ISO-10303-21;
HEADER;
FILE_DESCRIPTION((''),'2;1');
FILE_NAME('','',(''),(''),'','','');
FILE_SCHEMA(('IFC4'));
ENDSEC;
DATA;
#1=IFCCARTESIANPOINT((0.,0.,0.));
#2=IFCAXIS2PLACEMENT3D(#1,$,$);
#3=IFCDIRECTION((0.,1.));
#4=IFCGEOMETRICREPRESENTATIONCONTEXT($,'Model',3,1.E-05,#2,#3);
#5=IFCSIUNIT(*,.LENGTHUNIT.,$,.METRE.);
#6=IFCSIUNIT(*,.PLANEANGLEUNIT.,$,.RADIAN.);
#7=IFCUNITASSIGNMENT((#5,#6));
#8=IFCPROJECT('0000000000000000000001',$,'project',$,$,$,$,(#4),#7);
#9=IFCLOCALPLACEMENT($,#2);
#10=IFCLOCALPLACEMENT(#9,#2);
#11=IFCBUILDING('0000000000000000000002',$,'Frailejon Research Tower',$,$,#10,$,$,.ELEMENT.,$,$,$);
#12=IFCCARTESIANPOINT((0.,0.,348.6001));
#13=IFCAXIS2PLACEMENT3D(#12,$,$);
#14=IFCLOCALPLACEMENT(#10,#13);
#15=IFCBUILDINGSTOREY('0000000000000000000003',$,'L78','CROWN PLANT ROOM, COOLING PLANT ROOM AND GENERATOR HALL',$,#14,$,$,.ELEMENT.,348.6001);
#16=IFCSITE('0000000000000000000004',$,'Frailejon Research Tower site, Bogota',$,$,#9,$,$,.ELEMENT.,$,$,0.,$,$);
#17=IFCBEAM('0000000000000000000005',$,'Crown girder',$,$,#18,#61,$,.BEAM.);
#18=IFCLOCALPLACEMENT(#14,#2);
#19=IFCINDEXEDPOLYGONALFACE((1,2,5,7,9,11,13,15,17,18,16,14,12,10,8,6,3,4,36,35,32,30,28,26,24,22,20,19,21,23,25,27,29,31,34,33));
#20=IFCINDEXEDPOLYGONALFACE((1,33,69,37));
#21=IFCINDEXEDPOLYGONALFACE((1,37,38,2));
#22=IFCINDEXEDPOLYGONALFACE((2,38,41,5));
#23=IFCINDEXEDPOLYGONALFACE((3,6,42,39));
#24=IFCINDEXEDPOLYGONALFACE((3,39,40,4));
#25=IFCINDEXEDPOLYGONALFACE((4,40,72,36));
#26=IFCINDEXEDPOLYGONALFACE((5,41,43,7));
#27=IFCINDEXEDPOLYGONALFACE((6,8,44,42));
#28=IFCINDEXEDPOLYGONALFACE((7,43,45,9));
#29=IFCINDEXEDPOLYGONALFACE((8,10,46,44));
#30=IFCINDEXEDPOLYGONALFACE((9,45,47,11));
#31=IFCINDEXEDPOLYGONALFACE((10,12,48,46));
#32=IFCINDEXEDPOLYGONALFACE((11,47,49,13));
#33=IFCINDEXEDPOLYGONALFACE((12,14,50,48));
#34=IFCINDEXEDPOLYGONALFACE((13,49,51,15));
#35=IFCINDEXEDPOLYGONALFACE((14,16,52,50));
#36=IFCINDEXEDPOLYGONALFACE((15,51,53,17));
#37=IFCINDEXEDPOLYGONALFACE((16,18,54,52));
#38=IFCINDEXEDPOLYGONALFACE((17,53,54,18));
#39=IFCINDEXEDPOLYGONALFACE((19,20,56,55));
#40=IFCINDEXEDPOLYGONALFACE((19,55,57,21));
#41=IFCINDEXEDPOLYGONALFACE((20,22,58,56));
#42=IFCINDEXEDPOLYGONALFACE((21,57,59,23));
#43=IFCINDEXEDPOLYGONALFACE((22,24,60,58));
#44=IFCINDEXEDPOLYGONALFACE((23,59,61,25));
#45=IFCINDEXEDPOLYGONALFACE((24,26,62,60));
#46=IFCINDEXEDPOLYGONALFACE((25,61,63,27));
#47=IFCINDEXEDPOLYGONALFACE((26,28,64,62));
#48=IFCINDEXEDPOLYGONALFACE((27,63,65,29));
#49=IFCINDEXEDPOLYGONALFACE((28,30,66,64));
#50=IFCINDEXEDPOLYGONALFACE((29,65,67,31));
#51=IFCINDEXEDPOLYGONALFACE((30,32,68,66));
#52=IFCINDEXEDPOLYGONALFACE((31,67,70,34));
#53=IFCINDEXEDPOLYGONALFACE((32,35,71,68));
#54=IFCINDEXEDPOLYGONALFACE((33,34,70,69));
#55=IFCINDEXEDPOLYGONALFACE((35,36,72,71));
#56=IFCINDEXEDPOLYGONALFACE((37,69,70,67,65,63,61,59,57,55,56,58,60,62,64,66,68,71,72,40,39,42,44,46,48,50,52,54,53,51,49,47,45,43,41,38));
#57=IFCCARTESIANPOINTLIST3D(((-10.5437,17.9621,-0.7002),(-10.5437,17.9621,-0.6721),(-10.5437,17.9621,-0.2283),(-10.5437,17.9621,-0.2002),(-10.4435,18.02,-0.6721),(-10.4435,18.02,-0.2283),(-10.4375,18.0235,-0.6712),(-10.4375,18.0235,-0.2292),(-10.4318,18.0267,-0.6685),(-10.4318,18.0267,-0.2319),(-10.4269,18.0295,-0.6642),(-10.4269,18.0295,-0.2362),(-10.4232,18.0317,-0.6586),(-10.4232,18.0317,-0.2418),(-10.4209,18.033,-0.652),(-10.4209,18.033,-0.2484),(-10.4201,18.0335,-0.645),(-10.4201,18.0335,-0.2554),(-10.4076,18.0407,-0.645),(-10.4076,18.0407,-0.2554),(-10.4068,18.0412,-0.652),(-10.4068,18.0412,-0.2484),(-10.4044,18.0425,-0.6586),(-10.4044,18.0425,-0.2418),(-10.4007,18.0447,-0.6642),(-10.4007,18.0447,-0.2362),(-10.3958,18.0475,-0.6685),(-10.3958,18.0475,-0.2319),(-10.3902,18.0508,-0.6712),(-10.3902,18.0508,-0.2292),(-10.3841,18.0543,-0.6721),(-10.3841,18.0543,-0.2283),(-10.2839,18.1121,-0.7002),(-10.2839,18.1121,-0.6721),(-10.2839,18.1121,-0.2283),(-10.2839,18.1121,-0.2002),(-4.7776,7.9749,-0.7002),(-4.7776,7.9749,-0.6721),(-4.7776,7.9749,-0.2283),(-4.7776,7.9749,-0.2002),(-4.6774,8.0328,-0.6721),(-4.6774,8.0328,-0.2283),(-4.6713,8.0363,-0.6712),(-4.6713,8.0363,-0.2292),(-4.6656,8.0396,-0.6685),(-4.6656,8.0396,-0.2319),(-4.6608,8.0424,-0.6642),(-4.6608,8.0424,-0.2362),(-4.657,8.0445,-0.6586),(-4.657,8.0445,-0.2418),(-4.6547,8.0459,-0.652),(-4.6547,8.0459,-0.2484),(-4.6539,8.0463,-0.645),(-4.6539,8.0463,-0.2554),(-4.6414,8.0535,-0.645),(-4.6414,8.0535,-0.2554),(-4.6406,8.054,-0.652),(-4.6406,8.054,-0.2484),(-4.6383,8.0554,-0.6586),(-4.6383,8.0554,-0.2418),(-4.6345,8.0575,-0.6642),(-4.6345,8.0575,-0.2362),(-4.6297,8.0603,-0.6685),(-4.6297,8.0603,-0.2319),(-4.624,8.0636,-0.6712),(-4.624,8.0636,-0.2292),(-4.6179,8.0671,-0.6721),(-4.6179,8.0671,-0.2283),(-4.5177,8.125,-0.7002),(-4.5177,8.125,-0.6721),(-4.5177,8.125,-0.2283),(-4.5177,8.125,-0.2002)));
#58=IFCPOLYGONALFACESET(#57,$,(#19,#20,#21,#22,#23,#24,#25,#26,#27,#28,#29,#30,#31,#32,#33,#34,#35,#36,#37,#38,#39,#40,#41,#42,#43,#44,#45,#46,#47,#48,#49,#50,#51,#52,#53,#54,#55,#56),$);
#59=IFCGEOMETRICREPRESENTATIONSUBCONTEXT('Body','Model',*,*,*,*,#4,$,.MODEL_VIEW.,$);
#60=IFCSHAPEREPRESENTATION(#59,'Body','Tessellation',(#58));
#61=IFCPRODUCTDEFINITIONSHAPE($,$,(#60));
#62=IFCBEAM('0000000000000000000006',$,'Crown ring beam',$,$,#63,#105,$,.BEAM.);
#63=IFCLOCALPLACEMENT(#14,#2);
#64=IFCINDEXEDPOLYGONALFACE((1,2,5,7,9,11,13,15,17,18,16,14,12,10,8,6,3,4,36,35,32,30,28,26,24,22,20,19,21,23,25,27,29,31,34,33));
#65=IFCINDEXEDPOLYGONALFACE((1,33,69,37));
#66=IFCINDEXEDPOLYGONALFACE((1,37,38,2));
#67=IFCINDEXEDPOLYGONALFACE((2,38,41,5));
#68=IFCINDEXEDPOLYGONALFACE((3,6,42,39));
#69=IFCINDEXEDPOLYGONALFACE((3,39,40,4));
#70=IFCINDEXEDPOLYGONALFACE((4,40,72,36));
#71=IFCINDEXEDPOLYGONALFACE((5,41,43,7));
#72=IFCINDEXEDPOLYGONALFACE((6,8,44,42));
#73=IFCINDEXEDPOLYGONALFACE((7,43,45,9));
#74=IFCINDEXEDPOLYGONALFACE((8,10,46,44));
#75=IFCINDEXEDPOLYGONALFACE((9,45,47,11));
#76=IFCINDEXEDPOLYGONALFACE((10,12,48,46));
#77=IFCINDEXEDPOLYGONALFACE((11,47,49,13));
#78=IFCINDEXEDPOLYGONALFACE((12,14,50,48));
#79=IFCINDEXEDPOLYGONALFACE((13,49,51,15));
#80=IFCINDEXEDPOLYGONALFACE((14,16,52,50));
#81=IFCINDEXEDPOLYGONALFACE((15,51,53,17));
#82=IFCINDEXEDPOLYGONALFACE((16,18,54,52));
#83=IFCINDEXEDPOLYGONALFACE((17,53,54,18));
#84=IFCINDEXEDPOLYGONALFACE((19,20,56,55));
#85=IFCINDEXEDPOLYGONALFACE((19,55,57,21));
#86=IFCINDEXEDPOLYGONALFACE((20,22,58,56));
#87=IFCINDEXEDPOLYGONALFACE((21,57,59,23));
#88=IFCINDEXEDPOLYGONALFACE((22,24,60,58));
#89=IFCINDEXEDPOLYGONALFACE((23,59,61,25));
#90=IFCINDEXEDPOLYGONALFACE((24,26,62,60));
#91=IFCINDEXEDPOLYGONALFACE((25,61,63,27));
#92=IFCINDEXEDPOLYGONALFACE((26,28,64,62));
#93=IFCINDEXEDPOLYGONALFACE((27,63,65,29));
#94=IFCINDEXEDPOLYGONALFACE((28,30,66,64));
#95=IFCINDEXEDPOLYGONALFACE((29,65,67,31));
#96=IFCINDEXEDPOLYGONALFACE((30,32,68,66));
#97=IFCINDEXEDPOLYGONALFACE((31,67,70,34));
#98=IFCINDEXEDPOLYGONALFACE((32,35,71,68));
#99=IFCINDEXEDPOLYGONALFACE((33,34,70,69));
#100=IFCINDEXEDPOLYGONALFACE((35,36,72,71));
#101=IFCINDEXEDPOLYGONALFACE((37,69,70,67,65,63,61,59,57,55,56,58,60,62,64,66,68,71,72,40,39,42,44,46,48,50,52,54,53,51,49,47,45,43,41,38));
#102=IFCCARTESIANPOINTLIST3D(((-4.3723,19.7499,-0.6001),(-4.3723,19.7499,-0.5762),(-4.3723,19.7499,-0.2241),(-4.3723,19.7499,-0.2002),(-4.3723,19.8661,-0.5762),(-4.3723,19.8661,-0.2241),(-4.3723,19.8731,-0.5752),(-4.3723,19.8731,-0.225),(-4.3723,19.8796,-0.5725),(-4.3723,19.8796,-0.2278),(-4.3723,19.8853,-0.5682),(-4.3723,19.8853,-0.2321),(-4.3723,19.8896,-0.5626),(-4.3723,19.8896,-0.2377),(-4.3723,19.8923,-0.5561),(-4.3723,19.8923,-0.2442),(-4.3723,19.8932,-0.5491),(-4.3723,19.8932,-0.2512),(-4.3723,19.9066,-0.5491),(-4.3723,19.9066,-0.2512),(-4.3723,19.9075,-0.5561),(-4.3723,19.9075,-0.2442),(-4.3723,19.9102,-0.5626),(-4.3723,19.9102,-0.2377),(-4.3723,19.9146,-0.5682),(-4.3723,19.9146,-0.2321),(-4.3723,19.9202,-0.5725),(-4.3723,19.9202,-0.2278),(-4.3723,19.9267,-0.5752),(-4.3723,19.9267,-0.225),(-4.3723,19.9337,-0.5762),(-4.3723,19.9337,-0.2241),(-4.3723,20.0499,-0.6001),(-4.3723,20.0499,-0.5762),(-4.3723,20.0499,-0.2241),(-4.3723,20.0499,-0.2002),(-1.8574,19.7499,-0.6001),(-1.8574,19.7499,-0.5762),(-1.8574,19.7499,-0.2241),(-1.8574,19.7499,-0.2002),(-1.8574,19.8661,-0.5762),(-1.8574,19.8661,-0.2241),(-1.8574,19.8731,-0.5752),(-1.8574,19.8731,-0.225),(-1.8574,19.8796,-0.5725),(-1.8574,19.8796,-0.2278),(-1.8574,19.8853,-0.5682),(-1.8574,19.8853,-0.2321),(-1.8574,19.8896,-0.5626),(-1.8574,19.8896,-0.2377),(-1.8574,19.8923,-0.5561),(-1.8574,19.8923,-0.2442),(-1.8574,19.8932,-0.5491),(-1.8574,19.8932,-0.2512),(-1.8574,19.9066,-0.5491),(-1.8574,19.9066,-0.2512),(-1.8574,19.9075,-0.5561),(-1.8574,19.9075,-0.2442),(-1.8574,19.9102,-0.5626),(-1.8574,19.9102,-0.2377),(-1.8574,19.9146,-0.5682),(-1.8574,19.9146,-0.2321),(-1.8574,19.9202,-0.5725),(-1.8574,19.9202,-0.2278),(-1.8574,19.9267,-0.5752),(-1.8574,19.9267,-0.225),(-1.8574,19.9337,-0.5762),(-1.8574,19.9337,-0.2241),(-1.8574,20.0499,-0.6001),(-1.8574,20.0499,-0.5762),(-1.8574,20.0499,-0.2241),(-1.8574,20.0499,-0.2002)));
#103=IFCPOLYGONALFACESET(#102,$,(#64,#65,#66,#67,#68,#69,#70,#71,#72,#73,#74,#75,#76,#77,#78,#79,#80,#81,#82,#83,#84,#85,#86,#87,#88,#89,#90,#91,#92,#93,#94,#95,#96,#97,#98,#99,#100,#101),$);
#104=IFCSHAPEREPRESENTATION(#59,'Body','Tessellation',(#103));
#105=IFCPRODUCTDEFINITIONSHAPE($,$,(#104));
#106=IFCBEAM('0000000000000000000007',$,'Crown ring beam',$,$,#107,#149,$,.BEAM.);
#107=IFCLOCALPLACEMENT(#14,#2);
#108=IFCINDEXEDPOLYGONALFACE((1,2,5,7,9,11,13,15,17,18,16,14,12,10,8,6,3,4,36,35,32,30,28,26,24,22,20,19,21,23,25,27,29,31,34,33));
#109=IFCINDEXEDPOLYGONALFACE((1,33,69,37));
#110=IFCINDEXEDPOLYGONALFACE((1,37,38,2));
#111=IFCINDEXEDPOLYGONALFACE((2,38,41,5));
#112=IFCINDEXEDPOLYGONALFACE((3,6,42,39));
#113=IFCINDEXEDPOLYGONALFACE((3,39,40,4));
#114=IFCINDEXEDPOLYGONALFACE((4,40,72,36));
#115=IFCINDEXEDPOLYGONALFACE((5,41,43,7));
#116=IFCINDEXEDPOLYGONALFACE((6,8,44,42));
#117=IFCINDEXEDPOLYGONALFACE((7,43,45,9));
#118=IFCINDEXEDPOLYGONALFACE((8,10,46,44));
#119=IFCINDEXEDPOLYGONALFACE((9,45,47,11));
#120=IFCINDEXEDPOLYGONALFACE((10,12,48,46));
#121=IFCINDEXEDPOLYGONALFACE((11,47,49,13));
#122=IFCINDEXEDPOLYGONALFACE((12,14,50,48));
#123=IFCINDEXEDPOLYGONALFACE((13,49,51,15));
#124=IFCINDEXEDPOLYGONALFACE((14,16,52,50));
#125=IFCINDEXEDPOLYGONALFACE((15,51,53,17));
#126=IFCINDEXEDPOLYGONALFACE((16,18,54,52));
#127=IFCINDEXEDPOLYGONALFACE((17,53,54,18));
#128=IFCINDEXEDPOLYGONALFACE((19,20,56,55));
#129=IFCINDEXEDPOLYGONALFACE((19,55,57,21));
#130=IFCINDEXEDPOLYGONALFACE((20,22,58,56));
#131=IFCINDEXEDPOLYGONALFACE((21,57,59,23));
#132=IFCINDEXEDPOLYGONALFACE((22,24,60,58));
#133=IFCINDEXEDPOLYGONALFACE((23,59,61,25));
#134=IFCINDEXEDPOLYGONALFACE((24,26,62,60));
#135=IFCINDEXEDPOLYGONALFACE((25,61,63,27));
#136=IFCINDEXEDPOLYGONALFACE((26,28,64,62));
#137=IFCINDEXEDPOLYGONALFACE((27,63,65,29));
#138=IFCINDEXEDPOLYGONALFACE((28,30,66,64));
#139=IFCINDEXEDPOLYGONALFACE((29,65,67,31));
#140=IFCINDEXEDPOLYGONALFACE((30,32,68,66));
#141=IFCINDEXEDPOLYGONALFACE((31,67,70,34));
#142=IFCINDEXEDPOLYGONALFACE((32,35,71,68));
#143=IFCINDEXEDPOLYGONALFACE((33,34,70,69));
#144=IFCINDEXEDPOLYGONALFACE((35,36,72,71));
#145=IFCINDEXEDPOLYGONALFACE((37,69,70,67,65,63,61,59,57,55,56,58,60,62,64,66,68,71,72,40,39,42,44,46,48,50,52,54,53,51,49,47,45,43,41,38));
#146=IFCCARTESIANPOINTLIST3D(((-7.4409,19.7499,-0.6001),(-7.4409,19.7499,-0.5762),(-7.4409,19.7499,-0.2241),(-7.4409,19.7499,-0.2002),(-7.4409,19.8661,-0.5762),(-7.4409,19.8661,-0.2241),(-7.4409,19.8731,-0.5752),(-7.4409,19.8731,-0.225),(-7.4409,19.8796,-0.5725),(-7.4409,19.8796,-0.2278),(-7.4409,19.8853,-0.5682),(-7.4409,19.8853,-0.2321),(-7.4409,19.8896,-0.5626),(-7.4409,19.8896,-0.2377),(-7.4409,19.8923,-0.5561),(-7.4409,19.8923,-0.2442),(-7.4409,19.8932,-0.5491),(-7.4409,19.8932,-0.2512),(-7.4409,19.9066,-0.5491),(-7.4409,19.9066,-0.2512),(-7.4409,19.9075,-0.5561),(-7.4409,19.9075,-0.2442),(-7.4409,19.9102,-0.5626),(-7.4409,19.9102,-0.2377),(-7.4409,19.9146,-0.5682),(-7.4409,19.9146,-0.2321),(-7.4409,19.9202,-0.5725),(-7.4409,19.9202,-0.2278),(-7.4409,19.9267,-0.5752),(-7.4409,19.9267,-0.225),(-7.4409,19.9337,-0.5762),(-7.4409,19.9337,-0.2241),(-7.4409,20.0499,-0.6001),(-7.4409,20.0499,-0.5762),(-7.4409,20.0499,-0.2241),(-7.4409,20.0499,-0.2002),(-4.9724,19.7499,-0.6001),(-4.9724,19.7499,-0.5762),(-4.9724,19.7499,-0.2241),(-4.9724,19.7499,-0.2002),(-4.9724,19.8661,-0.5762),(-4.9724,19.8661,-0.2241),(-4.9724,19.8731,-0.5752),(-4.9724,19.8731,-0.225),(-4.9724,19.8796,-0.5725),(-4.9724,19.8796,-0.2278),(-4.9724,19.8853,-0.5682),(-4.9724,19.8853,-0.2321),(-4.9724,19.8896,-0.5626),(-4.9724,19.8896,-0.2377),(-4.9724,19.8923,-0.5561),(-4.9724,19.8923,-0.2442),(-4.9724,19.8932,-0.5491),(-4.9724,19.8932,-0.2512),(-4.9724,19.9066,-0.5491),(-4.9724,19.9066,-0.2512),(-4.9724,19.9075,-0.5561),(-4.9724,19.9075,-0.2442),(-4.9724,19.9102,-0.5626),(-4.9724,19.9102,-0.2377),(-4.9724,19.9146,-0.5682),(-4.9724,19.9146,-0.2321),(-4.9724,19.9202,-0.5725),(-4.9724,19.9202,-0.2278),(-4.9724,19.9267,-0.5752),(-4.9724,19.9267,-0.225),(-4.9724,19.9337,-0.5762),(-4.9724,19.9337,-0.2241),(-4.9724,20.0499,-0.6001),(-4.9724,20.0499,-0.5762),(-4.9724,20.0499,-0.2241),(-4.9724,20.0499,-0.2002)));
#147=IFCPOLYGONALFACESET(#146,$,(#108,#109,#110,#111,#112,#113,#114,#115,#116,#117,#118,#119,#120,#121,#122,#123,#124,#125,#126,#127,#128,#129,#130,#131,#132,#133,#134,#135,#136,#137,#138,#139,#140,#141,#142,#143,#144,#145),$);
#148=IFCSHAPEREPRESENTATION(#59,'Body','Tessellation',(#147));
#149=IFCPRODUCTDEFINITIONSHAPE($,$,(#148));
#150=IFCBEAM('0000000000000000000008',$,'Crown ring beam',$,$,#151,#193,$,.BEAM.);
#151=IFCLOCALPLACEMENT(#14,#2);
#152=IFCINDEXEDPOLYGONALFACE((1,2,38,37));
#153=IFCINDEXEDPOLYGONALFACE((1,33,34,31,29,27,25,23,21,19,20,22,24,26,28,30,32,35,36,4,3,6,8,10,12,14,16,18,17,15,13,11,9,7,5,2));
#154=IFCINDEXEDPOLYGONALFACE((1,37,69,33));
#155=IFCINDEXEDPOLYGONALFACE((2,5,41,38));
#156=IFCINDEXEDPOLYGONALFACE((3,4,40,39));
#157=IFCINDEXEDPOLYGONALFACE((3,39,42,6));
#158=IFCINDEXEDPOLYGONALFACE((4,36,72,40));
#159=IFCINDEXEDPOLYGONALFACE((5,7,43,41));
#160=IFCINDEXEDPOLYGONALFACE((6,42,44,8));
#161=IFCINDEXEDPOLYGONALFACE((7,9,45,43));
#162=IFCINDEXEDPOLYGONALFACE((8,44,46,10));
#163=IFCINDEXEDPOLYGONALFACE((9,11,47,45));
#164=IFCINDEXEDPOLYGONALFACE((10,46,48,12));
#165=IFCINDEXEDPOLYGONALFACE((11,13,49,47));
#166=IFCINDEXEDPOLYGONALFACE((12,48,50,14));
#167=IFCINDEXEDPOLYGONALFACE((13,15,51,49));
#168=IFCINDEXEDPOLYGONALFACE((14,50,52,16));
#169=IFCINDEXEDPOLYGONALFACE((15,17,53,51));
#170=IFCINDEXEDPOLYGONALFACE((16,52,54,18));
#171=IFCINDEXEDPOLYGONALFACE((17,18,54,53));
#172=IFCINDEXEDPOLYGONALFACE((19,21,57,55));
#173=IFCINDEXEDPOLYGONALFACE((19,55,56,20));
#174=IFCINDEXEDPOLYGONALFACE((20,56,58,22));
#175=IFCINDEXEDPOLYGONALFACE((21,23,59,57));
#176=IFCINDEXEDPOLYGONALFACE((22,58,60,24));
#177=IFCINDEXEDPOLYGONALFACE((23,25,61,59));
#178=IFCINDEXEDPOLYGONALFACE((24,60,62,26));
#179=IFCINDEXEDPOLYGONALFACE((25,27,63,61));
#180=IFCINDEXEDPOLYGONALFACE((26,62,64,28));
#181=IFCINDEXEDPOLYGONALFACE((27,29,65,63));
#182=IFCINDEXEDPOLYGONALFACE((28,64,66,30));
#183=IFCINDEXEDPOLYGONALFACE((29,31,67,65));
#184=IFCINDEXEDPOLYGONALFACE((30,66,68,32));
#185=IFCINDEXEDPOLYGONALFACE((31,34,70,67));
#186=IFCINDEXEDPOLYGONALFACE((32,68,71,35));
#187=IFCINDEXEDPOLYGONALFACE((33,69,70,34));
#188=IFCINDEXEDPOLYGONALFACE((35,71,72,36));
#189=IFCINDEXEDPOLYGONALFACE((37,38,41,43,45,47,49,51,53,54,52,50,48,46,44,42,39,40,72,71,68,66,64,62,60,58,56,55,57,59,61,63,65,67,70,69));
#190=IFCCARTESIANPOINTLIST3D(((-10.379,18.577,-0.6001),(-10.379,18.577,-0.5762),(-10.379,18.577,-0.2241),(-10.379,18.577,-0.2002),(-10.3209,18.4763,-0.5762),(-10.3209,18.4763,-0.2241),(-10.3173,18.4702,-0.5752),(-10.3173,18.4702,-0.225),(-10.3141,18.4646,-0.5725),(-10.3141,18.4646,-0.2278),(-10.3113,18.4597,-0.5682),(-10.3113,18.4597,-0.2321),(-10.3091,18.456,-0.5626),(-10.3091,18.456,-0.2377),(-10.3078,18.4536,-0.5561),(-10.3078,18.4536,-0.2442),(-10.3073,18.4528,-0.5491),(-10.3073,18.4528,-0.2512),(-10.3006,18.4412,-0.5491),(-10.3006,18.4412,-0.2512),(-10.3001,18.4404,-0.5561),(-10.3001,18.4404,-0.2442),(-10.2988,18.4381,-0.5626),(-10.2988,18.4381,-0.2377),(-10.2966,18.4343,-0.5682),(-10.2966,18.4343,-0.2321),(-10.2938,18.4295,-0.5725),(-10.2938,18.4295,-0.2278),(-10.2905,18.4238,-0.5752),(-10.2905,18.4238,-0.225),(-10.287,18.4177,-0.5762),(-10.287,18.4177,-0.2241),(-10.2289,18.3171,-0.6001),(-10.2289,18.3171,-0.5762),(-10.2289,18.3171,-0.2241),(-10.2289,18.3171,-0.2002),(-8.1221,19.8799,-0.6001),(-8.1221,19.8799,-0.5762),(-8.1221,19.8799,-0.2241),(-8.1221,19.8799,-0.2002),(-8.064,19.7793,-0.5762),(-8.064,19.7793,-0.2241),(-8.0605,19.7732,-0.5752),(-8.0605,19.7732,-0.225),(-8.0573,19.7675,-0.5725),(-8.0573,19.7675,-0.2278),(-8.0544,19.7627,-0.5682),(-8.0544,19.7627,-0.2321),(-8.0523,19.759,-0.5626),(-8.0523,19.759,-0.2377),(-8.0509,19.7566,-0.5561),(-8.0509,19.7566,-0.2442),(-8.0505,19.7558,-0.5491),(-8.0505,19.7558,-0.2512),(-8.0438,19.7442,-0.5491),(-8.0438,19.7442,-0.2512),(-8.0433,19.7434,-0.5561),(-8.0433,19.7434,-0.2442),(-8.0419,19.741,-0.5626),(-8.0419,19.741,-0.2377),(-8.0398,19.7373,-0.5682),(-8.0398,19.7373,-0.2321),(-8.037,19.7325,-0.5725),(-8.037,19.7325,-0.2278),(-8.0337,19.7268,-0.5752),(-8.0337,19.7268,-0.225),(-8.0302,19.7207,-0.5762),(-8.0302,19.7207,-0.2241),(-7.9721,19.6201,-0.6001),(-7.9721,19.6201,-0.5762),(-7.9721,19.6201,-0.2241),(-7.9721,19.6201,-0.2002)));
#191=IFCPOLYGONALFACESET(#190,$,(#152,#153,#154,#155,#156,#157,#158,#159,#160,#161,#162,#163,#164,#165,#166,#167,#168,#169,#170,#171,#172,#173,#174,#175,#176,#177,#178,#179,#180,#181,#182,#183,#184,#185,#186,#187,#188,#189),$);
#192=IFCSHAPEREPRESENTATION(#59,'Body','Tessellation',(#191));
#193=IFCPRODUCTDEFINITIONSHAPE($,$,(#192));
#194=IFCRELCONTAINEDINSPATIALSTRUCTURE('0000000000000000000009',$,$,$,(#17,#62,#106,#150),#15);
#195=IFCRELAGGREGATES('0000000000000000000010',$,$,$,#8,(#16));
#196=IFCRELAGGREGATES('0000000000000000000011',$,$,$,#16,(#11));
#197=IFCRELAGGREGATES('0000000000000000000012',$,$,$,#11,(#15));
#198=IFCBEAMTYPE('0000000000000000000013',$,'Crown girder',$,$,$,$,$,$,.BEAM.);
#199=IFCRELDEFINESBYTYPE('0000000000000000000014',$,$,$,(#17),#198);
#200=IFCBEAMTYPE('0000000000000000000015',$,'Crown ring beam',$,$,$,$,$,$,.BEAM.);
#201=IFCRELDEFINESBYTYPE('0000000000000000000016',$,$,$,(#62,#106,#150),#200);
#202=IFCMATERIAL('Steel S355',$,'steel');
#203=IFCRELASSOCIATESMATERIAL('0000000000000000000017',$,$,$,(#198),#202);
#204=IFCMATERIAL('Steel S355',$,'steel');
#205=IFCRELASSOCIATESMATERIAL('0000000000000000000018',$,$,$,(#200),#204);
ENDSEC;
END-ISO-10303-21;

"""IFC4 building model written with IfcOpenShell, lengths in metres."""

from ifc_helpers import new_model, si_unit, direction, frame, origin, origin_2d, place, context, subcontext, project, spatial, i_section, extrude, material, material_profile, profile_set, type_object, element, save


model = new_model("IFC4")

# Units and contexts
model_context = context("Model", 3, precision=1e-05, world=origin(), true_north=direction((0.0, 1.0)))
body_context = subcontext(model_context, "Body", "Model", "MODEL_VIEW")
ifc_project = project(units=[si_unit("LENGTHUNIT", "METRE"), si_unit("PLANEANGLEUNIT", "RADIAN")], contexts=[model_context])

# Site, building, storey
site_placement = place(None, origin())
site = spatial("IfcSite", under=ifc_project, at=site_placement, Name="Frailejon Research Tower site, Bogota", CompositionType="ELEMENT", RefElevation=0.0)
building_placement = place(site_placement, origin())
building = spatial("IfcBuilding", under=site, at=building_placement, Name="Frailejon Research Tower", CompositionType="ELEMENT")
storey_placement = place(building_placement, frame((0.0, 0.0, 348.6001)))
storey = spatial("IfcBuildingStorey", under=building, at=storey_placement, Name="L78", Description="CROWN PLANT ROOM, COOLING PLANT ROOM AND GENERATOR HALL", CompositionType="ELEMENT", Elevation=348.6001)

# Beams
ifc_material_1 = material(Name="Steel S355", Category="steel")
ifc_material_profile_1 = material_profile(ifc_material_1, i_section(OverallWidth=0.3, OverallDepth=0.5, WebThickness=0.0144, FlangeThickness=0.0281, FilletRadius=0.0271, at=origin_2d()), Name="HE 500 B")
ifc_profile_set_1 = profile_set([ifc_material_profile_1], Name="Steel S355")
beam_type_1 = type_object("IfcBeamType", Name="Crown girder", PredefinedType="BEAM", material=ifc_profile_set_1)
beam_1_placement = place(storey_placement, frame((-10.4138, 18.0371, -0.4502), z_axis=(0.500005, -0.866022, 0.0), x_axis=(0.866022, 0.500005, 0.0)))
element("IfcBeam", 1, at=beam_1_placement, inside=storey, type_object=beam_type_1, Name="Crown girder", PredefinedType="BEAM", context=body_context, shape_type="SweptSolid", body=[
    extrude(i_section(OverallWidth=0.3, OverallDepth=0.5, WebThickness=0.0144, FlangeThickness=0.0281, FilletRadius=0.0271, at=origin_2d()), origin(), (0.0, 0.0, 1.0), 11.5322),
])
ifc_material_2 = material(Name="Steel S355", Category="steel")
ifc_material_profile_2 = material_profile(ifc_material_2, i_section(OverallWidth=0.3, OverallDepth=0.3999, WebThickness=0.0134, FlangeThickness=0.0239, FilletRadius=0.0271, at=origin_2d()), Name="HE 400 B")
ifc_profile_set_2 = profile_set([ifc_material_profile_2], Name="Steel S355")
beam_type_2 = type_object("IfcBeamType", Name="Crown ring beam", PredefinedType="BEAM", material=ifc_profile_set_2)
beam_2_placement = place(storey_placement, frame((-1.8574, 19.8999, -0.4001), z_axis=(-1.0, 0.0, 0.0), x_axis=(0.0, -1.0, 0.0)))
element("IfcBeam", 2, at=beam_2_placement, inside=storey, type_object=beam_type_2, Name="Crown ring beam", PredefinedType="BEAM", context=body_context, shape_type="SweptSolid", body=[
    extrude(i_section(OverallWidth=0.3, OverallDepth=0.3999, WebThickness=0.0134, FlangeThickness=0.0239, FilletRadius=0.0271, at=origin_2d()), origin(), (0.0, 0.0, 1.0), 2.5149),
])
beam_3_placement = place(storey_placement, frame((-4.9724, 19.8999, -0.4001), z_axis=(-1.0, 0.0, 0.0), x_axis=(0.0, -1.0, 0.0)))
element("IfcBeam", 3, at=beam_3_placement, inside=storey, type_object=beam_type_2, Name="Crown ring beam", PredefinedType="BEAM", context=body_context, shape_type="SweptSolid", body=[
    extrude(i_section(OverallWidth=0.3, OverallDepth=0.3999, WebThickness=0.0134, FlangeThickness=0.0239, FilletRadius=0.0271, at=origin_2d()), origin(), (0.0, 0.0, 1.0), 2.4685),
])
beam_4_placement = place(storey_placement, frame((-8.0471, 19.75, -0.4001), z_axis=(-0.866026, -0.499998, 0.0), x_axis=(0.499998, -0.866026, 0.0)))
element("IfcBeam", 4, at=beam_4_placement, inside=storey, type_object=beam_type_2, Name="Crown ring beam", PredefinedType="BEAM", context=body_context, shape_type="SweptSolid", body=[
    extrude(i_section(OverallWidth=0.3, OverallDepth=0.3999, WebThickness=0.0134, FlangeThickness=0.0239, FilletRadius=0.0271, at=origin_2d()), origin(), (0.0, 0.0, 1.0), 2.606),
])

save(model, "model.ifc")
